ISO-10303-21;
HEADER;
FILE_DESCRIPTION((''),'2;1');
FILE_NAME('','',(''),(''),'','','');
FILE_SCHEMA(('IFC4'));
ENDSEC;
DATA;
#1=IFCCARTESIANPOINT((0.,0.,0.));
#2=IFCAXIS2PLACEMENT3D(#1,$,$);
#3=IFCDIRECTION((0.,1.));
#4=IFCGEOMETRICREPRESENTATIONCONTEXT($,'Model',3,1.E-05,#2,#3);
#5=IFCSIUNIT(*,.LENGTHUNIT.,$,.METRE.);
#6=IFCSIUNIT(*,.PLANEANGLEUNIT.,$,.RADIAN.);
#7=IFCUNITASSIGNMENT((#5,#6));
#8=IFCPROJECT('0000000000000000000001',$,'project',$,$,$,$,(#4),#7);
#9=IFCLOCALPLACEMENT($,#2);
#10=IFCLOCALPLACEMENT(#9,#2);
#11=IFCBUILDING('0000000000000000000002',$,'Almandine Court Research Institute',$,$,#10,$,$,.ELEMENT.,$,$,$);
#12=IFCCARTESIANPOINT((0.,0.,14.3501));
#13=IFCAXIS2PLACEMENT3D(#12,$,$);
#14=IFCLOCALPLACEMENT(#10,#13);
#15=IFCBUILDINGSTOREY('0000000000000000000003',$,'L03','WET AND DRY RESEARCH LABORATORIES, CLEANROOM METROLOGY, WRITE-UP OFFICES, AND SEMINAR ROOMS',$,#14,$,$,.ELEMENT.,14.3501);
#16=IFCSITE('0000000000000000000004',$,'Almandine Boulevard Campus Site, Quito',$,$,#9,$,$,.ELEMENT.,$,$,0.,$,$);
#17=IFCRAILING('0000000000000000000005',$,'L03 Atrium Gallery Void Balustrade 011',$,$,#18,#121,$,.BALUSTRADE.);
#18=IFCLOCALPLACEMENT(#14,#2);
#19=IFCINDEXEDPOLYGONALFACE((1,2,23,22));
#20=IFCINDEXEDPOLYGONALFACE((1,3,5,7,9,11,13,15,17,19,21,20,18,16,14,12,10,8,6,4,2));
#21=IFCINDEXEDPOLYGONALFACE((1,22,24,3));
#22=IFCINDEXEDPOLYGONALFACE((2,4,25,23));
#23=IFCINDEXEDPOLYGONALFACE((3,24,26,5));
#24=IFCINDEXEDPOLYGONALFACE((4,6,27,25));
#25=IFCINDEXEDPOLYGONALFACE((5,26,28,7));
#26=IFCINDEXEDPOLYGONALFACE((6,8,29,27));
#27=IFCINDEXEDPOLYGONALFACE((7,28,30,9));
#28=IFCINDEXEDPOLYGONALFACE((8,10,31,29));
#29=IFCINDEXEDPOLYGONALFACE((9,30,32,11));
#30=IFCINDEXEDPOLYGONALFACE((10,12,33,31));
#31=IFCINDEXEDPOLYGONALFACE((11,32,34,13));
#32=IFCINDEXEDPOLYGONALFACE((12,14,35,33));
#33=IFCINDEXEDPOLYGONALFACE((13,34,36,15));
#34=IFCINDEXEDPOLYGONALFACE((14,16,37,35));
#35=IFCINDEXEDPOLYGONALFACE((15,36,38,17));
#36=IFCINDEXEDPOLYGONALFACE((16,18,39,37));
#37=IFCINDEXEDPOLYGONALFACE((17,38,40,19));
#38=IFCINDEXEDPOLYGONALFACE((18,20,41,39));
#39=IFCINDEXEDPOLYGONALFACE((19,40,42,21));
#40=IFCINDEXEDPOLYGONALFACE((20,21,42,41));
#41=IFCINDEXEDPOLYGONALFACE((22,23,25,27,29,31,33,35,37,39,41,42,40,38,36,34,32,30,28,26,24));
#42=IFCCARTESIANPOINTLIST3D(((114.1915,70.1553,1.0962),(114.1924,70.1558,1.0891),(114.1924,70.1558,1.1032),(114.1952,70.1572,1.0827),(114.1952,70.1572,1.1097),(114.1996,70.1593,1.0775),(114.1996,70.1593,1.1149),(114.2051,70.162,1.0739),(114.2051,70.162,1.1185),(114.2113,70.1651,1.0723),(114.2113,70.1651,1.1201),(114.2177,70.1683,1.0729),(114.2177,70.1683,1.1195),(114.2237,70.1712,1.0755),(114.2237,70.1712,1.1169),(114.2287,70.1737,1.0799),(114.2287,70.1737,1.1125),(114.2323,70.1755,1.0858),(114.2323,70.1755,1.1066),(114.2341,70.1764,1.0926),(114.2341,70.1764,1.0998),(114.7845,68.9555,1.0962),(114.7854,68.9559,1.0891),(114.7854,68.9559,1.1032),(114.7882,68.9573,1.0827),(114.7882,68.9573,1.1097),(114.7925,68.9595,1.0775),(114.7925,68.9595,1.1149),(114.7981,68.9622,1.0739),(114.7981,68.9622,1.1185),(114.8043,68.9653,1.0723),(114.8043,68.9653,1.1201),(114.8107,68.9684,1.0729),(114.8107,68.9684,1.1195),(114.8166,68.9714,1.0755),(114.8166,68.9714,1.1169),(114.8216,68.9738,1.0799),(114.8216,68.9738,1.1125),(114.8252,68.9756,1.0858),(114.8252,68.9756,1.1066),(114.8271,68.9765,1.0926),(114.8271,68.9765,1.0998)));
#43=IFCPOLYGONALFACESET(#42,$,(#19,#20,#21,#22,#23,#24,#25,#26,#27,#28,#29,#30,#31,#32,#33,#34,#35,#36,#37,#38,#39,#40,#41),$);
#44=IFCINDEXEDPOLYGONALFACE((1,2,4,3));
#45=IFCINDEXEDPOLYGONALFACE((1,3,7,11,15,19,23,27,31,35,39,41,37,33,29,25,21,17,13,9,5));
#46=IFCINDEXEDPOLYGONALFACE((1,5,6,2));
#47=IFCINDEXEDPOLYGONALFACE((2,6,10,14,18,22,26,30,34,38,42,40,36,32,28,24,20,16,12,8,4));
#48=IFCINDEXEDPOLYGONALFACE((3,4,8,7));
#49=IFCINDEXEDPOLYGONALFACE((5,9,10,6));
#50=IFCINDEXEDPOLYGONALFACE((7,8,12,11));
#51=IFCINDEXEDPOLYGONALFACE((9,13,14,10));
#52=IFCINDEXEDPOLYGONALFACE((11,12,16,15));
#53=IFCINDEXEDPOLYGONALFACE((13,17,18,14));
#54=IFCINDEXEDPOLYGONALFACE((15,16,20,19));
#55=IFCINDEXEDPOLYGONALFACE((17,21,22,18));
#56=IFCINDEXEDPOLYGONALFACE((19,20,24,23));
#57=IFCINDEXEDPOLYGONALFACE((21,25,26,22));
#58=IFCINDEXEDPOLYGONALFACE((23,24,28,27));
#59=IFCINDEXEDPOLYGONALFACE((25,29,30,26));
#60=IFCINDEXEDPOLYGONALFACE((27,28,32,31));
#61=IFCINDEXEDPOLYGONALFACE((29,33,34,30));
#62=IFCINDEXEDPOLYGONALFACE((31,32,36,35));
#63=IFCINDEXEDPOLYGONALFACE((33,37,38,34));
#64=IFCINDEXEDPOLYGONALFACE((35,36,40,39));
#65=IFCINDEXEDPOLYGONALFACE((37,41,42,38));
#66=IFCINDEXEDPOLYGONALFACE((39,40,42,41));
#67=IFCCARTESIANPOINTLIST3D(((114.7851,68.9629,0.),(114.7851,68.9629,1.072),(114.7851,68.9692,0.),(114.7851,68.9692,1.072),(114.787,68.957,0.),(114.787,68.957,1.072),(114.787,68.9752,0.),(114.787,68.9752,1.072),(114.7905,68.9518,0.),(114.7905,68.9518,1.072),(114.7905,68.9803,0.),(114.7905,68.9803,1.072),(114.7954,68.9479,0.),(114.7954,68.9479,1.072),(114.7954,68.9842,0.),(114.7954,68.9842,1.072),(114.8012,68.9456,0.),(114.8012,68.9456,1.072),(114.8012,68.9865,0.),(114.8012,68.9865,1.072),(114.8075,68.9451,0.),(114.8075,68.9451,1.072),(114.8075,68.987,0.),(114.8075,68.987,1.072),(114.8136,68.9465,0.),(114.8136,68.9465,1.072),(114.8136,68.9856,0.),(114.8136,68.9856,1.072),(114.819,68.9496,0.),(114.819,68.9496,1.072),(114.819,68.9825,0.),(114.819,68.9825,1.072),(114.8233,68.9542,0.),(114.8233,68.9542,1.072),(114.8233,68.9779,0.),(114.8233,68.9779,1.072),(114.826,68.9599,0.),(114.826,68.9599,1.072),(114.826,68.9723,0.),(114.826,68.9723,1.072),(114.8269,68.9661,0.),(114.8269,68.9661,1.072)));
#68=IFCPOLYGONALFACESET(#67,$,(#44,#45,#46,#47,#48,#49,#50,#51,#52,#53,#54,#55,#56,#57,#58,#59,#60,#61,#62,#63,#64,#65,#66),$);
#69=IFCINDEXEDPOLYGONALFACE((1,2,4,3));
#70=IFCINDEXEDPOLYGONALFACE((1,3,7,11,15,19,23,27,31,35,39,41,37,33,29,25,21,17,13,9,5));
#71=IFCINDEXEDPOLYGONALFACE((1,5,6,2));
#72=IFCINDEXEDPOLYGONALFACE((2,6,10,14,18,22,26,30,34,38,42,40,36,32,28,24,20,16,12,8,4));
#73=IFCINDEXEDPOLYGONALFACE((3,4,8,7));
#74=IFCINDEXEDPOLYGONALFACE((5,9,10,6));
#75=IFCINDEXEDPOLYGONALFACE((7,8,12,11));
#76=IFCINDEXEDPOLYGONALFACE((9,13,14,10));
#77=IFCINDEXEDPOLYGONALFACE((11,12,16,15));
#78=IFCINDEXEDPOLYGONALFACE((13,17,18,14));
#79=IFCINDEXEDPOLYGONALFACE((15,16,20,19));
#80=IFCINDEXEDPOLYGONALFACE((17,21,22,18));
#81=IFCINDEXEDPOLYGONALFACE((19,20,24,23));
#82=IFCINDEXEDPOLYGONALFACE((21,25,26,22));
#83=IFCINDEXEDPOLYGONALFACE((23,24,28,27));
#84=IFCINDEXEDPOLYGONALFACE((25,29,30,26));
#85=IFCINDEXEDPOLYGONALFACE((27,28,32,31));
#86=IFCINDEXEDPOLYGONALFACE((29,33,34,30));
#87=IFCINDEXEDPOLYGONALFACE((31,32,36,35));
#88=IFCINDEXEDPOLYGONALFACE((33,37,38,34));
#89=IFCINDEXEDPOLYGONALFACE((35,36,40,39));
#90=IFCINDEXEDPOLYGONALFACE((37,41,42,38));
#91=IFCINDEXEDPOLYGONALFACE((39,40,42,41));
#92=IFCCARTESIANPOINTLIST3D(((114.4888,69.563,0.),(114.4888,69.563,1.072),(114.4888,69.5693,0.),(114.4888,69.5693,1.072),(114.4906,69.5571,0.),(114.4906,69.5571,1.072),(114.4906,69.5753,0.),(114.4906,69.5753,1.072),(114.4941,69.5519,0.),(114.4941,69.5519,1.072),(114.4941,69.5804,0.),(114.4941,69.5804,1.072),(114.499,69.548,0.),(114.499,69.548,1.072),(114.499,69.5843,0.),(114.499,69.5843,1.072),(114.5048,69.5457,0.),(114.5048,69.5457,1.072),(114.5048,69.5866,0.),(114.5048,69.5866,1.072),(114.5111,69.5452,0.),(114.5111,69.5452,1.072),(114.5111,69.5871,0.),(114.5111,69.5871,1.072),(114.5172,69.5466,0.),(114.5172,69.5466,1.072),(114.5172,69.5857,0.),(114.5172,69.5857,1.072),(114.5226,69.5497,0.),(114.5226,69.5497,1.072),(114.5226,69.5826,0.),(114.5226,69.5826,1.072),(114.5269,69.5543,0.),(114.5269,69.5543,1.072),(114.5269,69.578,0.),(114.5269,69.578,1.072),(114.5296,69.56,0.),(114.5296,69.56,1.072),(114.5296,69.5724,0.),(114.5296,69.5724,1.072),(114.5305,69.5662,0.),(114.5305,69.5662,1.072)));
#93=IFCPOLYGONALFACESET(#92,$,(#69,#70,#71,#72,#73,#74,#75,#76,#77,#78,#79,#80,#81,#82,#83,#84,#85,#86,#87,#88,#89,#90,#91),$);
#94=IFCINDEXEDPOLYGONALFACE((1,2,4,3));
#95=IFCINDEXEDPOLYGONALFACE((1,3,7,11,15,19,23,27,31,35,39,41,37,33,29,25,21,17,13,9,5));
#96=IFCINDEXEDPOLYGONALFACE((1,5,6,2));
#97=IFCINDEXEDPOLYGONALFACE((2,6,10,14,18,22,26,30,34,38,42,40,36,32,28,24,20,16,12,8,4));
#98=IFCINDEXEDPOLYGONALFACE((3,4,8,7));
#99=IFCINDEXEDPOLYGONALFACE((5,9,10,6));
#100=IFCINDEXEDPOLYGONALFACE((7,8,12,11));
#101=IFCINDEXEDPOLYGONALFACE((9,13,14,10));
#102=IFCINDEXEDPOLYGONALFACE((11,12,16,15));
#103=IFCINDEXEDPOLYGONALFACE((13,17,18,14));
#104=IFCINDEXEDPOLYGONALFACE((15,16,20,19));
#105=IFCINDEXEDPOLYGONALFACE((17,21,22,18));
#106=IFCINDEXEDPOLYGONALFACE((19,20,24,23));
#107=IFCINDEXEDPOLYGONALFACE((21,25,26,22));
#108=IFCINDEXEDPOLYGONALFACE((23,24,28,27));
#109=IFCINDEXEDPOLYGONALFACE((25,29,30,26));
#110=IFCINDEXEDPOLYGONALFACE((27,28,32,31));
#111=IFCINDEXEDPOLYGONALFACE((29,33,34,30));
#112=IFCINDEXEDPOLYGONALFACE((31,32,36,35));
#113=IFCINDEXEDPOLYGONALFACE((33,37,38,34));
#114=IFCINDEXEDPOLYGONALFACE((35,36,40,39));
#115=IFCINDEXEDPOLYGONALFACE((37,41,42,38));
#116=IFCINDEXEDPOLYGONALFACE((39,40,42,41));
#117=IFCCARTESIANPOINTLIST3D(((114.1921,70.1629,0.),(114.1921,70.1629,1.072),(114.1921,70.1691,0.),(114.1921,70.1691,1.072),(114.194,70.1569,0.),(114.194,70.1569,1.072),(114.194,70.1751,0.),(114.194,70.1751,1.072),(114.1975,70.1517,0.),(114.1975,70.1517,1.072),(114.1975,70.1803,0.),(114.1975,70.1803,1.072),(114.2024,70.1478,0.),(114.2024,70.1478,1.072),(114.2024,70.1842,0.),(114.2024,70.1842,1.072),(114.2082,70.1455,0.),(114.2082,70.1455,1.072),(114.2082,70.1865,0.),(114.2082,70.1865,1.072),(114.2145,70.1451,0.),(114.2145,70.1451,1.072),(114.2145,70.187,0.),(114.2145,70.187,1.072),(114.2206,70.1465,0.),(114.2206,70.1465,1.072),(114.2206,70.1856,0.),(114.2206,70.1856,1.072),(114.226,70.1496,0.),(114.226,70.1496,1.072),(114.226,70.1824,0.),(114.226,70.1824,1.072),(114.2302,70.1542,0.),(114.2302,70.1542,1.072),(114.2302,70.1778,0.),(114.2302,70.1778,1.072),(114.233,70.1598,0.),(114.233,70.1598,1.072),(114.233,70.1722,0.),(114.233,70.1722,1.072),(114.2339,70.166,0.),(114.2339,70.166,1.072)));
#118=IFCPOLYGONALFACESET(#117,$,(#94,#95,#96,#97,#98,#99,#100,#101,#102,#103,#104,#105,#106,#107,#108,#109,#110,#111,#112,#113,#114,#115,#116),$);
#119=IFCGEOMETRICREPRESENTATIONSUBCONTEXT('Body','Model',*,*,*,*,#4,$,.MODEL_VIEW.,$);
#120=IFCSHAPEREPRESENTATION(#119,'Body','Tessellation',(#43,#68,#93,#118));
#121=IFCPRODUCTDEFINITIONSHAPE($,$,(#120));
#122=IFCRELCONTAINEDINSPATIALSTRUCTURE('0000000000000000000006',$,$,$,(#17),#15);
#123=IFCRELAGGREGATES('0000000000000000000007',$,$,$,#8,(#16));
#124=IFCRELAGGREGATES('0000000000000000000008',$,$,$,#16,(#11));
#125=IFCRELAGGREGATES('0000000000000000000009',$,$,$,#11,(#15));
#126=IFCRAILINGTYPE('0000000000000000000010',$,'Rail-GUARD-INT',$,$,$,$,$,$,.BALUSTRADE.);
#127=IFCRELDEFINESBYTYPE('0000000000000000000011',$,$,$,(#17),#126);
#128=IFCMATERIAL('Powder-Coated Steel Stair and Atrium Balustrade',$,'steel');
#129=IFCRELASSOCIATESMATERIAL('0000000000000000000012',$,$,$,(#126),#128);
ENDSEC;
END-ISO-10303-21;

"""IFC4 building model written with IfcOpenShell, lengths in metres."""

from ifc_helpers import new_model, si_unit, direction, frame, origin, origin_2d, place, context, subcontext, project, spatial, circle, extrude, material, type_object, element, save


model = new_model("IFC4")

# Units and contexts
model_context = context("Model", 3, precision=1e-05, world=origin(), true_north=direction((0.0, 1.0)))
body_context = subcontext(model_context, "Body", "Model", "MODEL_VIEW")
ifc_project = project(units=[si_unit("LENGTHUNIT", "METRE"), si_unit("PLANEANGLEUNIT", "RADIAN")], contexts=[model_context])

# Site, building, storey
site_placement = place(None, origin())
site = spatial("IfcSite", under=ifc_project, at=site_placement, Name="Almandine Boulevard Campus Site, Quito", CompositionType="ELEMENT", RefElevation=0.0)
building_placement = place(site_placement, origin())
building = spatial("IfcBuilding", under=site, at=building_placement, Name="Almandine Court Research Institute", CompositionType="ELEMENT")
storey_placement = place(building_placement, frame((0.0, 0.0, 14.3501)))
storey = spatial("IfcBuildingStorey", under=building, at=storey_placement, Name="L03", Description="WET AND DRY RESEARCH LABORATORIES, CLEANROOM METROLOGY, WRITE-UP OFFICES, AND SEMINAR ROOMS", CompositionType="ELEMENT", Elevation=14.3501)

# Railing
ifc_material_1 = material(Name="Powder-Coated Steel Stair and Atrium Balustrade", Category="steel")
railing_type = type_object("IfcRailingType", Name="Rail-GUARD-INT", PredefinedType="BALUSTRADE", material=ifc_material_1)
railing_1_placement = place(storey_placement, frame((114.8059, 68.9661, 0.0)))
element("IfcRailing", 1, at=railing_1_placement, inside=storey, type_object=railing_type, Name="L03 Atrium Gallery Void Balustrade 011", PredefinedType="BALUSTRADE", context=body_context, shape_type="SweptSolid", body=[
    extrude(circle(Radius=0.0239, at=origin_2d()), frame((0.0, 0.0, 1.0962), z_axis=(-0.44305, 0.896497, 0.0), x_axis=(-0.896497, -0.44305, 0.0)), (0.0, 0.0, 1.0), 1.3384),
    extrude(circle(Radius=0.021, at=origin_2d()), origin(), (0.0, 0.0, 1.0), 1.072),
    extrude(circle(Radius=0.021, at=origin_2d()), frame((-0.2964, 0.6001, 0.0)), (0.0, 0.0, 1.0), 1.072),
    extrude(circle(Radius=0.021, at=origin_2d()), frame((-0.593, 1.2, 0.0)), (0.0, 0.0, 1.0), 1.072),
])

save(model, "model.ifc")
